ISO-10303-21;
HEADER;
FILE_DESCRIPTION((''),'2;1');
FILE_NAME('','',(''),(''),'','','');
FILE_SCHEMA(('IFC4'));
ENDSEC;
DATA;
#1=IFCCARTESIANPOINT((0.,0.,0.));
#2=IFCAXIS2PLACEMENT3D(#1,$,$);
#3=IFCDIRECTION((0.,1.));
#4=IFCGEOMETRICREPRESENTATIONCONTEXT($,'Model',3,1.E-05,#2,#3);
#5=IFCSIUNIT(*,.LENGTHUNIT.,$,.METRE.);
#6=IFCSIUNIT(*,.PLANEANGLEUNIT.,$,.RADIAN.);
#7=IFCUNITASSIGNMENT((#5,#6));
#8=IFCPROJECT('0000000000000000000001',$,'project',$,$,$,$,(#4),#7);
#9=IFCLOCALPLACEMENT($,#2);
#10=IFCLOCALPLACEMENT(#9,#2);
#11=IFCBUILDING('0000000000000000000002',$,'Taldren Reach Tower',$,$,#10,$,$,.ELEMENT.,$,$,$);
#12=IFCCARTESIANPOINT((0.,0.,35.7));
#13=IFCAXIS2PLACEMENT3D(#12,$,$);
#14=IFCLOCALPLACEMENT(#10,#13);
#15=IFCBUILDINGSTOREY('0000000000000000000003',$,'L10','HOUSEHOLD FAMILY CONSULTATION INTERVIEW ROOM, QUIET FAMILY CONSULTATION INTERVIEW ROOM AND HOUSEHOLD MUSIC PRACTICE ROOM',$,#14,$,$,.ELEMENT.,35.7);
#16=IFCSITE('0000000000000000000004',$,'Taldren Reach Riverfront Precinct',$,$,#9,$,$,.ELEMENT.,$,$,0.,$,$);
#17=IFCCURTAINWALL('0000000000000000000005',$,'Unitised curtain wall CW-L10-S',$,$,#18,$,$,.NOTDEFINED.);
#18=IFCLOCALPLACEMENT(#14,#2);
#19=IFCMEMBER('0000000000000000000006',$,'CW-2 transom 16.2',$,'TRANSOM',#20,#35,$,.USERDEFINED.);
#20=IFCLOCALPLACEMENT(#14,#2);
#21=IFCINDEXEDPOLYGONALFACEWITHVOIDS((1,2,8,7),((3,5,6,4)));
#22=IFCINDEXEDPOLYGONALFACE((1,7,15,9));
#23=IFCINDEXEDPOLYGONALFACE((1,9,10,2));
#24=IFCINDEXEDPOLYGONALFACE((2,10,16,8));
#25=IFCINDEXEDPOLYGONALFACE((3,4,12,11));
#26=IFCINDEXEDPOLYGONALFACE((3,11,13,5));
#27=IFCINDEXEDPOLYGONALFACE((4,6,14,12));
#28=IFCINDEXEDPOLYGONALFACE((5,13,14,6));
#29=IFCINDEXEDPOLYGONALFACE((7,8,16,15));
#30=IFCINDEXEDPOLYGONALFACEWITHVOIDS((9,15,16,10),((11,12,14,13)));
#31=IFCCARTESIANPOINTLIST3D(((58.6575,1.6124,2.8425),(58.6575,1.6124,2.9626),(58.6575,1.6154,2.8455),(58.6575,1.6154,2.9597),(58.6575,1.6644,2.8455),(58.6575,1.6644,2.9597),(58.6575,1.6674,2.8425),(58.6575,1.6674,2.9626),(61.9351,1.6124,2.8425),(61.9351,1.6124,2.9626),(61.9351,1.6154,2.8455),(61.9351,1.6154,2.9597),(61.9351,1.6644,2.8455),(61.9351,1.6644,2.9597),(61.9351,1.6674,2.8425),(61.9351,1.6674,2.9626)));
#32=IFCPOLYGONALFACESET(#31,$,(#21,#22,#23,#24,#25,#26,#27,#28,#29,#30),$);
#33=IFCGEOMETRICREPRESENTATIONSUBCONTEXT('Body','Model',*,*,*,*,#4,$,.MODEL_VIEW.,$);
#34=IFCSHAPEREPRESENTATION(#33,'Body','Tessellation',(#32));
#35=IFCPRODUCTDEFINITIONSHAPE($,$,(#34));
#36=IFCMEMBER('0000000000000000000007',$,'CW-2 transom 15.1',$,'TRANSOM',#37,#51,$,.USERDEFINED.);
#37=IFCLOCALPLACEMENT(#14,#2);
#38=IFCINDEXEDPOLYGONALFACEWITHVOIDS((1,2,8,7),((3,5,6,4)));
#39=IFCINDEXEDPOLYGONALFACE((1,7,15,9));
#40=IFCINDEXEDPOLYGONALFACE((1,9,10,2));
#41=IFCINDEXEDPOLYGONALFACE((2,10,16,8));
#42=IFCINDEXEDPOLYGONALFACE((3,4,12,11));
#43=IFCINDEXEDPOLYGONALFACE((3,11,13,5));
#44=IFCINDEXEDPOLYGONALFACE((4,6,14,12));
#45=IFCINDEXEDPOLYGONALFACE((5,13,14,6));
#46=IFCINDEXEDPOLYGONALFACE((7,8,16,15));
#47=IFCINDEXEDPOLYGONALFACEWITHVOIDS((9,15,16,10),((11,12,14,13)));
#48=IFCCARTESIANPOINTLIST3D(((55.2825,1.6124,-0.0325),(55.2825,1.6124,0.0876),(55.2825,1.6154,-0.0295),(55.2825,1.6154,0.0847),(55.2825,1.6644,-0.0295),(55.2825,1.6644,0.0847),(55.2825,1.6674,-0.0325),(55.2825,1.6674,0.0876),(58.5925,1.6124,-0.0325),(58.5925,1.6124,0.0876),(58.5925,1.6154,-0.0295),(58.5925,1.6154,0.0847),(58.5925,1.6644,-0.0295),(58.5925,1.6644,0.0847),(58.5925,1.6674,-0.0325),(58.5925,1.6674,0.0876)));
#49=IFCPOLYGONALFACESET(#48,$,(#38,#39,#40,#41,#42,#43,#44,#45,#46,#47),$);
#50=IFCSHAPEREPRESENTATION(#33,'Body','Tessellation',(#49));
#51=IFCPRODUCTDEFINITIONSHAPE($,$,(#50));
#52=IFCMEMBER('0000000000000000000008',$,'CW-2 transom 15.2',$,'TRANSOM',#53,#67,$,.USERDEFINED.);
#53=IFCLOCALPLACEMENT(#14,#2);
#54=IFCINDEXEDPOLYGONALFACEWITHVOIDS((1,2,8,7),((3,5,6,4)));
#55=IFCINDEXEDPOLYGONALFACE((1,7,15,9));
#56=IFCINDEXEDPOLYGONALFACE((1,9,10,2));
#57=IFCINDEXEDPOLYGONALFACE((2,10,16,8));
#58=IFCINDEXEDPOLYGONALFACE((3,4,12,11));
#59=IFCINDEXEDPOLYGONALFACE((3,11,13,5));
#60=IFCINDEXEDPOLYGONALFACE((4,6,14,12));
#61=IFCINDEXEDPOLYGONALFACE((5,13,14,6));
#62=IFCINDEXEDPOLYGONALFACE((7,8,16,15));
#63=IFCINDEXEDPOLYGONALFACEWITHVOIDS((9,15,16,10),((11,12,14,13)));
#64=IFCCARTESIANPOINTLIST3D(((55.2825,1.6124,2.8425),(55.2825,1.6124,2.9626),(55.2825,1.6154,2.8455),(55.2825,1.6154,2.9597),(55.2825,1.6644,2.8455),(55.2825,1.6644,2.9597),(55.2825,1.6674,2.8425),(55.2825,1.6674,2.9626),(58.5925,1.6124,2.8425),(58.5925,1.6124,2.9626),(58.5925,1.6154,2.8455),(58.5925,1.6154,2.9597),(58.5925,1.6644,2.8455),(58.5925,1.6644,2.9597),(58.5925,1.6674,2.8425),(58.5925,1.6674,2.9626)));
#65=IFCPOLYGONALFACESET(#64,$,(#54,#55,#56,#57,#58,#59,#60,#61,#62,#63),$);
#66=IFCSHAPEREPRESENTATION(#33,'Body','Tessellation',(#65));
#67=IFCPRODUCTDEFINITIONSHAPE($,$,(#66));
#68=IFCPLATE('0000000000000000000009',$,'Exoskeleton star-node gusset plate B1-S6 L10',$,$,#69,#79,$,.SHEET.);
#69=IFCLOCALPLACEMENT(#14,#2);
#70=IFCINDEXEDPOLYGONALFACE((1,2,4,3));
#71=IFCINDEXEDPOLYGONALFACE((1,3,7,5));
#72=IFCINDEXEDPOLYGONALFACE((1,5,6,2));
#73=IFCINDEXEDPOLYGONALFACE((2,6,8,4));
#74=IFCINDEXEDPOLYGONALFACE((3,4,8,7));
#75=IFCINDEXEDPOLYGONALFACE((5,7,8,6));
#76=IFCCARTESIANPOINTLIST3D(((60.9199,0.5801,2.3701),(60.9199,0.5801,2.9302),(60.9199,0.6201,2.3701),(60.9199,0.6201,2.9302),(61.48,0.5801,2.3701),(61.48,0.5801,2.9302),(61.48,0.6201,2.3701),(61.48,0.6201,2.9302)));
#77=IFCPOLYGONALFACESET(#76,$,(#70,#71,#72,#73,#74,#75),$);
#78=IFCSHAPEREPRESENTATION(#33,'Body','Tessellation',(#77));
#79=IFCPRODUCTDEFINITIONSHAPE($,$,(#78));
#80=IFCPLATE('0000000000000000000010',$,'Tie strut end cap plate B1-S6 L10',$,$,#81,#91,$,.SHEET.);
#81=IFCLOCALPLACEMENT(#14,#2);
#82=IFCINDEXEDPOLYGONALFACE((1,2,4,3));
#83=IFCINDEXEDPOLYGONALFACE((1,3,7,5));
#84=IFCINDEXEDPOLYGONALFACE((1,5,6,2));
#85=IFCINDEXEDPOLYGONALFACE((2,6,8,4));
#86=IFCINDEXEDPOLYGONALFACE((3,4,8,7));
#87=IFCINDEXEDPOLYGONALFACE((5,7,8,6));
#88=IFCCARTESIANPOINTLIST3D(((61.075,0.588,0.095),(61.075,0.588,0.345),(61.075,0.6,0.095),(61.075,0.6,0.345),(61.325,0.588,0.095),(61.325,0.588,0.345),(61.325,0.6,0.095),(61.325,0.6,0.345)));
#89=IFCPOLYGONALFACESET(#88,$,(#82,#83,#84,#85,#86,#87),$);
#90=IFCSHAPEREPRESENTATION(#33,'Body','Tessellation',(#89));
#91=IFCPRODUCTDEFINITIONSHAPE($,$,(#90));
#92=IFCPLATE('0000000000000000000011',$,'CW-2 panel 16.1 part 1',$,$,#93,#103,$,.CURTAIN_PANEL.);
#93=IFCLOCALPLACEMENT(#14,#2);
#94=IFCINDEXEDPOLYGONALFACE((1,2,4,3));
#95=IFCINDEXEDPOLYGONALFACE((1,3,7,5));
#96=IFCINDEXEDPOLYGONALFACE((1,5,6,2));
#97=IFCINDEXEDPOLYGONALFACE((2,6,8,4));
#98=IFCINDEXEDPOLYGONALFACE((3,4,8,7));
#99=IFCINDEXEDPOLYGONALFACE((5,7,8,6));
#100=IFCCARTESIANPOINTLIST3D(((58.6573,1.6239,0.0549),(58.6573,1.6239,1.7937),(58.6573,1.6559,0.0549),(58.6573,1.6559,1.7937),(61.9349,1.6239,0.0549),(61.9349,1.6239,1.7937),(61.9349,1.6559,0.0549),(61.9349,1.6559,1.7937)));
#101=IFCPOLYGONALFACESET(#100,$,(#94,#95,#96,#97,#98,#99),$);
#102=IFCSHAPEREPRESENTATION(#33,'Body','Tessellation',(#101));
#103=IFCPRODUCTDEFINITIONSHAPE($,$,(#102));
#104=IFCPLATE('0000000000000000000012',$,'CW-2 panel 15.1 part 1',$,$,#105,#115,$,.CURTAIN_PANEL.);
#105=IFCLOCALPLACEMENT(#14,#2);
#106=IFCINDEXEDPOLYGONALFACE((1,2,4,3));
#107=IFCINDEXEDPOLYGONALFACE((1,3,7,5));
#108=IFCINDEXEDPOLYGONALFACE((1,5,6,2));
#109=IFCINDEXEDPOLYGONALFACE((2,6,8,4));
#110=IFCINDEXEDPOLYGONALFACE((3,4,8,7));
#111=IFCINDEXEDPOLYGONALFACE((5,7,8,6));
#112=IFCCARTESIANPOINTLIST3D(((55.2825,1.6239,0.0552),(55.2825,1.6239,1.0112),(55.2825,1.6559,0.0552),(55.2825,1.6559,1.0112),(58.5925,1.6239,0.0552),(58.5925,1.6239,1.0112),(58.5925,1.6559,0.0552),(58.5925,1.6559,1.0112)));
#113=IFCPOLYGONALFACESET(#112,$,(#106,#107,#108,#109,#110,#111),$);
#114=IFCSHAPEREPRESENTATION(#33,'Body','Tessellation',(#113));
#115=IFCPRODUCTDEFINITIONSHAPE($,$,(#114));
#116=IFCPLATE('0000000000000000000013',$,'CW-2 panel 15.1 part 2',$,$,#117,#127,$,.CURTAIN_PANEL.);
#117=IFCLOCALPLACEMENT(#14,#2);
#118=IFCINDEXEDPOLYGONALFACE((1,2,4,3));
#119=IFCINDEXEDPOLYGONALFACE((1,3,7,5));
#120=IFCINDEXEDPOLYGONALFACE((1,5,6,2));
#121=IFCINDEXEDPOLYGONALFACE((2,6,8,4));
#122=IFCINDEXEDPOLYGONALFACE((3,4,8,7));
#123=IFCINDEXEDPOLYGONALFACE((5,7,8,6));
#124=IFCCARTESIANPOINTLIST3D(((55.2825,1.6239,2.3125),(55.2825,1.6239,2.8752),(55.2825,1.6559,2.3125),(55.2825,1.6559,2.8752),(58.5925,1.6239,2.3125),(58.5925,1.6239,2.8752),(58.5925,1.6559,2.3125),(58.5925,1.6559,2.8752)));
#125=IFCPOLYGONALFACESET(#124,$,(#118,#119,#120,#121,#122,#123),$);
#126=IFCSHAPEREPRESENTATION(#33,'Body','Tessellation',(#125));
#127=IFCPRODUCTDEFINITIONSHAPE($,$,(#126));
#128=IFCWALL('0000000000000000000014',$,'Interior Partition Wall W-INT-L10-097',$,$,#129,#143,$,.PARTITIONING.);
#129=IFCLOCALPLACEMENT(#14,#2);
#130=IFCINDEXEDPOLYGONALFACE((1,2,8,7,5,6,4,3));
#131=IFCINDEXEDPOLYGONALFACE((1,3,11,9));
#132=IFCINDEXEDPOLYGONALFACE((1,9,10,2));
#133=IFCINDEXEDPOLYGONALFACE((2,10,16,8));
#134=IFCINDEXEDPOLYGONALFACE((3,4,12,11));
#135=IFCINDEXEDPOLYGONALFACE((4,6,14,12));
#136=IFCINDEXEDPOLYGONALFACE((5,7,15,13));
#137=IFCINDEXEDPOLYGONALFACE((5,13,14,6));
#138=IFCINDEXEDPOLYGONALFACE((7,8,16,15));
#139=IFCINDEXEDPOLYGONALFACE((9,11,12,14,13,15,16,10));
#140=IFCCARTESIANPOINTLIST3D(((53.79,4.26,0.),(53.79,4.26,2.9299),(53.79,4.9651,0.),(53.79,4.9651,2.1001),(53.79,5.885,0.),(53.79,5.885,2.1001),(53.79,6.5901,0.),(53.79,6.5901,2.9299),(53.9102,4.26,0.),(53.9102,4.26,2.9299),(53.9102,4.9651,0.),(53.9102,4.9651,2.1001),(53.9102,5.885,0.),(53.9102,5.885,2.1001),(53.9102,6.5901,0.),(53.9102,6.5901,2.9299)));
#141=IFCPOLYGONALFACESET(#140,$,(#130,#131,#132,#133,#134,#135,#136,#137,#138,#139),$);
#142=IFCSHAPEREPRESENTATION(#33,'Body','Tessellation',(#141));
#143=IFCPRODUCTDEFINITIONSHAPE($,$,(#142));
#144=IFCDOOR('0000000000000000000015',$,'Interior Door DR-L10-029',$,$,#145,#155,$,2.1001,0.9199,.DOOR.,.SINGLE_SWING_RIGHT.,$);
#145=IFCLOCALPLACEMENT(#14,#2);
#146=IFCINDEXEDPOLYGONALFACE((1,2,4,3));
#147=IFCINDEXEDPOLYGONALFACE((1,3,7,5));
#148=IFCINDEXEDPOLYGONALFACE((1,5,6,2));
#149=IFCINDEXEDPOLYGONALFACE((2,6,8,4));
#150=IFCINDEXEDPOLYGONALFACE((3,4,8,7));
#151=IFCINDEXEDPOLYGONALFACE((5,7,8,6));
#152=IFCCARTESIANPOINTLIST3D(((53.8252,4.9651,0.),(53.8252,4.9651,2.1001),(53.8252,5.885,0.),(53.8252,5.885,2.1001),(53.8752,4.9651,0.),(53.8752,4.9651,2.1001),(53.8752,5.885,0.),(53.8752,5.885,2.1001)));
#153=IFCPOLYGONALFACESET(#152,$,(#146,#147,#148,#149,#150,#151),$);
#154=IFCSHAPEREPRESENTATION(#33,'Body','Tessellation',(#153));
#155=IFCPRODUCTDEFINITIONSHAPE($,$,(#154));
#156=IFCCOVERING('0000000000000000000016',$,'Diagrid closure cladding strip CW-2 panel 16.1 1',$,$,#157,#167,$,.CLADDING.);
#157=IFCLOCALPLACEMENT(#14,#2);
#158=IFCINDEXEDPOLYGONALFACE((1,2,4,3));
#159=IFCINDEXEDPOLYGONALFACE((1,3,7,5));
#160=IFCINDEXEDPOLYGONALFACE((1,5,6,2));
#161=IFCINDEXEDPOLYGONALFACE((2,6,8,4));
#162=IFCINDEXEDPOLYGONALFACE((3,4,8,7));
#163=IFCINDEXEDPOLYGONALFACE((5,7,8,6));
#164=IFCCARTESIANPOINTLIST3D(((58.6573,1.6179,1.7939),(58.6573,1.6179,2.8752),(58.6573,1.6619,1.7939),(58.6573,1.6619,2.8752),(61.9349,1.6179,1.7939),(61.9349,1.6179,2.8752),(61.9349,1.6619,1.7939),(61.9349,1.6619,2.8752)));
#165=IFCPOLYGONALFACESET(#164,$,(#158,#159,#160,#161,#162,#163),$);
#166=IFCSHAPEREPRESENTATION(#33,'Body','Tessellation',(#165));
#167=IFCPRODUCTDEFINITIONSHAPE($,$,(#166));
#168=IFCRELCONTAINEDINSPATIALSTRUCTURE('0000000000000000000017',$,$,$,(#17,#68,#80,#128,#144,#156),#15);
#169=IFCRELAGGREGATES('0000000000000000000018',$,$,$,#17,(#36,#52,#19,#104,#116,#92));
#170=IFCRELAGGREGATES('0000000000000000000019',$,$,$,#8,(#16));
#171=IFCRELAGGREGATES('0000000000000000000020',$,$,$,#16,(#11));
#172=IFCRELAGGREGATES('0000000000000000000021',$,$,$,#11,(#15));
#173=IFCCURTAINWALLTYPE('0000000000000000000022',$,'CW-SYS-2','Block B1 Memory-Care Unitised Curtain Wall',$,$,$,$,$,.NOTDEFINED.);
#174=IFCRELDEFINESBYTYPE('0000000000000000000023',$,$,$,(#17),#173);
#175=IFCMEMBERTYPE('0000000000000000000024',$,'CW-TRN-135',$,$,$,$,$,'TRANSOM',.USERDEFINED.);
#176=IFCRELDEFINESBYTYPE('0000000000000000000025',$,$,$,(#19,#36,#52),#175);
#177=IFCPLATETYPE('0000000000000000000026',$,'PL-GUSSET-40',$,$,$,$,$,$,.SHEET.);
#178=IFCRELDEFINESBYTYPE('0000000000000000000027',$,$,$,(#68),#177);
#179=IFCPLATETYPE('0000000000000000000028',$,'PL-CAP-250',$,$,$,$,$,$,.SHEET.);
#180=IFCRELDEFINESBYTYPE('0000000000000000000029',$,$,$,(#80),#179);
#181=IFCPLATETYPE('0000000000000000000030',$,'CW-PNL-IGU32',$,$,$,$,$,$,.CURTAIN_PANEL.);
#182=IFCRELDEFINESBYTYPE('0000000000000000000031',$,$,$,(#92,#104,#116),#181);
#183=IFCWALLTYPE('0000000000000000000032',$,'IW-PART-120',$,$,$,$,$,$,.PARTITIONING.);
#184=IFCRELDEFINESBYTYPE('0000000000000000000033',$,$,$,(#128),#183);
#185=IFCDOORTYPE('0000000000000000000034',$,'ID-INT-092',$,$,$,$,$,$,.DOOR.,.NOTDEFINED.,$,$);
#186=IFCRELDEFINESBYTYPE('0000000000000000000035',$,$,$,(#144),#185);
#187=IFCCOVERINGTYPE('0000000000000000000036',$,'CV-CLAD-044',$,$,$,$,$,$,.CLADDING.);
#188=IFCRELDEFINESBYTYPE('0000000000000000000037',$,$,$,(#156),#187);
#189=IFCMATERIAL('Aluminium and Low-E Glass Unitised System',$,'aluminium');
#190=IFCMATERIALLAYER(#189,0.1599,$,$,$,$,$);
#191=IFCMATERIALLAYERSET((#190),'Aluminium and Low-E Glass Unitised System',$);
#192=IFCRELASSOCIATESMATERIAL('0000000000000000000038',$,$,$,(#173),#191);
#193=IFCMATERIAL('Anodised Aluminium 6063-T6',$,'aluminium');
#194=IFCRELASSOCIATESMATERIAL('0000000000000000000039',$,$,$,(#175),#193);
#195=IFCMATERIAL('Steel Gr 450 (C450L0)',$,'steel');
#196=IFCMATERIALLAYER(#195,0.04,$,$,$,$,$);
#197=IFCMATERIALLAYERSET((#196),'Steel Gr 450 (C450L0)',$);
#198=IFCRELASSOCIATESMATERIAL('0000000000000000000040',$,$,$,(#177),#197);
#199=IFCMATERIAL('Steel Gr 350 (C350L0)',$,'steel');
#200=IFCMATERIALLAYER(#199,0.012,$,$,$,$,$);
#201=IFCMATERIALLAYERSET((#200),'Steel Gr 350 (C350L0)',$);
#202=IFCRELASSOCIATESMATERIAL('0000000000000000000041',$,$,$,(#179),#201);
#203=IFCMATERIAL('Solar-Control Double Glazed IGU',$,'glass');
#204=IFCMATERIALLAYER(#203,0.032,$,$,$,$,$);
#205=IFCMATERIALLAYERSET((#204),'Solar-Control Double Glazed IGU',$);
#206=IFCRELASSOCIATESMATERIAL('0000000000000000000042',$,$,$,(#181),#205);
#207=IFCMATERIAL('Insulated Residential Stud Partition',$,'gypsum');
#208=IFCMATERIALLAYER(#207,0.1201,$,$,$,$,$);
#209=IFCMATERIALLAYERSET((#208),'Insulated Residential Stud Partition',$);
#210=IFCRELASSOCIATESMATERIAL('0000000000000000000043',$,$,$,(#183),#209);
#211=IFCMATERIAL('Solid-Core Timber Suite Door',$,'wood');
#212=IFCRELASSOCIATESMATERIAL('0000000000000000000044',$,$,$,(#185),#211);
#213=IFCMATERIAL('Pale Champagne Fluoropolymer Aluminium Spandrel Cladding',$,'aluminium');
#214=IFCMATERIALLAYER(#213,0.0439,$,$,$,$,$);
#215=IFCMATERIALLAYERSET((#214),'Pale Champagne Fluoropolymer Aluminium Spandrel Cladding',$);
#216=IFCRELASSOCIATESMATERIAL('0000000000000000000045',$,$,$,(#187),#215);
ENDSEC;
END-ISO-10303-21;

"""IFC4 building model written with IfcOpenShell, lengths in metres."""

from ifc_helpers import new_model, si_unit, direction, frame, frame_2d, origin, origin_2d, place, context, subcontext, project, spatial, rectangle, hollow_rectangle, extrude, source, transform, mapped, material, layer, layer_set, material_profile, profile_set, type_object, element, fill, aggregate, save


model = new_model("IFC4")

# Units and contexts
model_context = context("Model", 3, precision=1e-05, world=origin(), true_north=direction((0.0, 1.0)))
body_context = subcontext(model_context, "Body", "Model", "MODEL_VIEW")
ifc_project = project(units=[si_unit("LENGTHUNIT", "METRE"), si_unit("PLANEANGLEUNIT", "RADIAN")], contexts=[model_context])

# Site, building, storey
site_placement = place(None, origin())
site = spatial("IfcSite", under=ifc_project, at=site_placement, Name="Taldren Reach Riverfront Precinct", CompositionType="ELEMENT", RefElevation=0.0)
building_placement = place(site_placement, origin())
building = spatial("IfcBuilding", under=site, at=building_placement, Name="Taldren Reach Tower", CompositionType="ELEMENT")
storey_placement = place(building_placement, frame((0.0, 0.0, 35.7)))
storey = spatial("IfcBuildingStorey", under=building, at=storey_placement, Name="L10", Description="HOUSEHOLD FAMILY CONSULTATION INTERVIEW ROOM, QUIET FAMILY CONSULTATION INTERVIEW ROOM AND HOUSEHOLD MUSIC PRACTICE ROOM", CompositionType="ELEMENT", Elevation=35.7)

# Shared definitions
ifc_material_1 = material(Name="Steel Gr 450 (C450L0)", Category="steel")
ifc_material_2 = material(Name="Steel Gr 350 (C350L0)", Category="steel")

# Curtain wall, members
ifc_material_3 = material(Name="Aluminium and Low-E Glass Unitised System", Category="aluminium")
ifc_layer_1 = layer(ifc_material_3, 0.1599)
ifc_layer_set_1 = layer_set([ifc_layer_1], Name="Aluminium and Low-E Glass Unitised System")
curtain_wall_type = type_object("IfcCurtainWallType", Name="CW-SYS-2", Description="Block B1 Memory-Care Unitised Curtain Wall", PredefinedType="NOTDEFINED", material=ifc_layer_set_1)
curtain_wall_placement = place(storey_placement, origin())
curtain_wall = element("IfcCurtainWall", 1, at=curtain_wall_placement, inside=storey, type_object=curtain_wall_type, Name="Unitised curtain wall CW-L10-S", PredefinedType="NOTDEFINED")
ifc_material_4 = material(Name="Anodised Aluminium 6063-T6", Category="aluminium")
ifc_material_profile_1 = material_profile(ifc_material_4, hollow_rectangle(XDim=0.0549, YDim=0.1201, WallThickness=0.0029, at=origin_2d()), Name="ALU-120x55x3RHS")
ifc_profile_set_1 = profile_set([ifc_material_profile_1], Name="Anodised Aluminium 6063-T6")
member_type_1 = type_object("IfcMemberType", Name="CW-TRN-135", ElementType="TRANSOM", PredefinedType="USERDEFINED", material=ifc_profile_set_1)
shared_shape_1 = source(origin(), body_context, "Body", "SweptSolid", [
    extrude(hollow_rectangle(XDim=0.0549, YDim=0.1201, WallThickness=0.0029, at=origin_2d()), origin(), (0.0, 0.0, 1.0), 3.2776),
])
member_1_placement = place(storey_placement, frame((58.6575, 1.6399, 2.9026), z_axis=(1.0, 0.0, 0.0), x_axis=(0.0, 1.0, 0.0)))
member_1 = element("IfcMember", 2, at=member_1_placement, type_object=member_type_1, Name="CW-2 transom 16.2", ObjectType="TRANSOM", PredefinedType="USERDEFINED", context=body_context, shape_type="MappedRepresentation", body=[
    mapped(shared_shape_1, transform((0.0, 0.0, 0.0), scale=1.0)),
])
shared_shape_2 = source(origin(), body_context, "Body", "SweptSolid", [
    extrude(hollow_rectangle(XDim=0.0549, YDim=0.1201, WallThickness=0.0029, at=origin_2d()), origin(), (0.0, 0.0, 1.0), 3.3101),
])
member_2_placement = place(storey_placement, frame((55.2825, 1.6399, 0.0276), z_axis=(1.0, 0.0, 0.0), x_axis=(0.0, 1.0, 0.0)))
member_2 = element("IfcMember", 3, at=member_2_placement, type_object=member_type_1, Name="CW-2 transom 15.1", ObjectType="TRANSOM", PredefinedType="USERDEFINED", context=body_context, shape_type="MappedRepresentation", body=[
    mapped(shared_shape_2, transform((0.0, 0.0, 0.0), scale=1.0)),
])
member_3_placement = place(storey_placement, frame((55.2825, 1.6399, 2.9026), z_axis=(1.0, 0.0, 0.0), x_axis=(0.0, 1.0, 0.0)))
member_3 = element("IfcMember", 4, at=member_3_placement, type_object=member_type_1, Name="CW-2 transom 15.2", ObjectType="TRANSOM", PredefinedType="USERDEFINED", context=body_context, shape_type="MappedRepresentation", body=[
    mapped(shared_shape_2, transform((0.0, 0.0, 0.0), scale=1.0)),
])

# Plates
ifc_layer_2 = layer(ifc_material_1, 0.04)
ifc_layer_set_2 = layer_set([ifc_layer_2], Name="Steel Gr 450 (C450L0)")
plate_type_1 = type_object("IfcPlateType", Name="PL-GUSSET-40", PredefinedType="SHEET", material=ifc_layer_set_2)
shared_shape_3 = source(origin(), body_context, "Body", "SweptSolid", [
    extrude(rectangle(XDim=0.5601, YDim=0.04, at=origin_2d()), origin(), (0.0, 0.0, 1.0), 0.5601),
])
plate_1_placement = place(storey_placement, frame((61.2, 0.6001, 2.3701), z_axis=(0.0, 0.0, 1.0), x_axis=(1.0, 0.0, 0.0)))
element("IfcPlate", 5, at=plate_1_placement, inside=storey, type_object=plate_type_1, Name="Exoskeleton star-node gusset plate B1-S6 L10", PredefinedType="SHEET", context=body_context, shape_type="MappedRepresentation", body=[
    mapped(shared_shape_3, transform((0.0, 0.0, 0.0), scale=1.0)),
])
ifc_layer_3 = layer(ifc_material_2, 0.012)
ifc_layer_set_3 = layer_set([ifc_layer_3], Name="Steel Gr 350 (C350L0)")
plate_type_2 = type_object("IfcPlateType", Name="PL-CAP-250", PredefinedType="SHEET", material=ifc_layer_set_3)
shared_shape_4 = source(origin(), body_context, "Body", "SweptSolid", [
    extrude(rectangle(XDim=0.25, YDim=0.012, at=origin_2d()), origin(), (0.0, 0.0, 1.0), 0.25),
])
plate_2_placement = place(storey_placement, frame((61.2, 0.594, 0.095), z_axis=(0.0, 0.0, 1.0), x_axis=(1.0, 0.0, 0.0)))
element("IfcPlate", 6, at=plate_2_placement, inside=storey, type_object=plate_type_2, Name="Tie strut end cap plate B1-S6 L10", PredefinedType="SHEET", context=body_context, shape_type="MappedRepresentation", body=[
    mapped(shared_shape_4, transform((0.0, 0.0, 0.0), scale=1.0)),
])

# Plates
ifc_material_5 = material(Name="Solar-Control Double Glazed IGU", Category="glass")
ifc_layer_4 = layer(ifc_material_5, 0.032)
ifc_layer_set_4 = layer_set([ifc_layer_4], Name="Solar-Control Double Glazed IGU")
plate_type_3 = type_object("IfcPlateType", Name="CW-PNL-IGU32", PredefinedType="CURTAIN_PANEL", material=ifc_layer_set_4)
shared_shape_5 = source(origin(), body_context, "Body", "SweptSolid", [
    extrude(rectangle(XDim=3.2776, YDim=0.032, at=origin_2d()), origin(), (0.0, 0.0, 1.0), 1.7388),
])
plate_3_placement = place(storey_placement, frame((60.2961, 1.6399, 0.0549), z_axis=(0.0, 0.0, 1.0), x_axis=(1.0, 0.0, 0.0)))
plate_3 = element("IfcPlate", 7, at=plate_3_placement, type_object=plate_type_3, Name="CW-2 panel 16.1 part 1", PredefinedType="CURTAIN_PANEL", context=body_context, shape_type="MappedRepresentation", body=[
    mapped(shared_shape_5, transform((0.0, 0.0, 0.0), scale=1.0)),
])
shared_shape_6 = source(origin(), body_context, "Body", "SweptSolid", [
    extrude(rectangle(XDim=3.3101, YDim=0.032, at=origin_2d()), origin(), (0.0, 0.0, 1.0), 0.9561),
])
plate_4_placement = place(storey_placement, frame((56.9375, 1.6399, 0.0552), z_axis=(0.0, 0.0, 1.0), x_axis=(1.0, 0.0, 0.0)))
plate_4 = element("IfcPlate", 8, at=plate_4_placement, type_object=plate_type_3, Name="CW-2 panel 15.1 part 1", PredefinedType="CURTAIN_PANEL", context=body_context, shape_type="MappedRepresentation", body=[
    mapped(shared_shape_6, transform((0.0, 0.0, 0.0), scale=1.0)),
])
shared_shape_7 = source(origin(), body_context, "Body", "SweptSolid", [
    extrude(rectangle(XDim=3.3101, YDim=0.032, at=origin_2d()), origin(), (0.0, 0.0, 1.0), 0.5627),
])
plate_5_placement = place(storey_placement, frame((56.9375, 1.6399, 2.3125), z_axis=(0.0, 0.0, 1.0), x_axis=(1.0, 0.0, 0.0)))
plate_5 = element("IfcPlate", 9, at=plate_5_placement, type_object=plate_type_3, Name="CW-2 panel 15.1 part 2", PredefinedType="CURTAIN_PANEL", context=body_context, shape_type="MappedRepresentation", body=[
    mapped(shared_shape_7, transform((0.0, 0.0, 0.0), scale=1.0)),
])
aggregate(curtain_wall, [member_2, member_3, member_1, plate_4, plate_5, plate_3])

# Wall, opening, door
ifc_material_6 = material(Name="Insulated Residential Stud Partition", Category="gypsum")
ifc_layer_5 = layer(ifc_material_6, 0.1201)
ifc_layer_set_5 = layer_set([ifc_layer_5], Name="Insulated Residential Stud Partition")
wall_type = type_object("IfcWallType", Name="IW-PART-120", PredefinedType="PARTITIONING", material=ifc_layer_set_5)
shared_shape_8 = source(origin(), body_context, "Body", "SweptSolid", [
    extrude(rectangle(XDim=2.3301, YDim=0.1201, at=frame_2d((1.165, 0.0))), origin(), (0.0, 0.0, 1.0), 2.9299),
])
wall_placement = place(storey_placement, frame((53.8501, 4.26, 0.0), z_axis=(0.0, 0.0, 1.0), x_axis=(0.0, 1.0, 0.0)))
wall = element("IfcWall", 10, at=wall_placement, inside=storey, type_object=wall_type, Name="Interior Partition Wall W-INT-L10-097", PredefinedType="PARTITIONING", context=body_context, shape_type="MappedRepresentation", body=[
    mapped(shared_shape_8, transform((0.0, 0.0, 0.0), scale=1.0)),
])
shared_shape_9 = source(origin(), body_context, "Body", "SweptSolid", [
    extrude(rectangle(XDim=0.9199, YDim=2.1001, at=frame_2d((0.46, 1.05))), frame((0.0, 0.0701, 0.0), z_axis=(0.0, -1.0, 0.0), x_axis=(1.0, 0.0, 0.0)), (0.0, 0.0, 1.0), 0.1401),
])
opening_placement = place(wall_placement, frame((0.7051, 0.0, 0.0)))
opening = element("IfcOpeningElement", 11, at=opening_placement, cuts=wall, PredefinedType="OPENING", context=body_context, shape_type="MappedRepresentation", body=[
    mapped(shared_shape_9, transform((0.0, 0.0, 0.0), scale=1.0)),
])
ifc_material_7 = material(Name="Solid-Core Timber Suite Door", Category="wood")
door_type = type_object("IfcDoorType", Name="ID-INT-092", OperationType="NOTDEFINED", PredefinedType="DOOR", material=ifc_material_7)
shared_shape_10 = source(origin(), body_context, "Body", "SweptSolid", [
    extrude(rectangle(XDim=0.9199, YDim=2.1001, at=frame_2d((0.46, 1.05))), frame((0.0, 0.0249, 0.0), z_axis=(0.0, -1.0, 0.0), x_axis=(1.0, 0.0, 0.0)), (0.0, 0.0, 1.0), 0.05),
])
door_placement = place(opening_placement, origin())
door = element("IfcDoor", 12, at=door_placement, inside=storey, type_object=door_type, Name="Interior Door DR-L10-029", OperationType="SINGLE_SWING_RIGHT", OverallHeight=2.1001, OverallWidth=0.9199, PredefinedType="DOOR", context=body_context, shape_type="MappedRepresentation", body=[
    mapped(shared_shape_10, transform((0.0, 0.0, 0.0), scale=1.0)),
])
fill(opening, door)

# Covering
ifc_material_8 = material(Name="Pale Champagne Fluoropolymer Aluminium Spandrel Cladding", Category="aluminium")
ifc_layer_6 = layer(ifc_material_8, 0.0439)
ifc_layer_set_6 = layer_set([ifc_layer_6], Name="Pale Champagne Fluoropolymer Aluminium Spandrel Cladding")
covering_type = type_object("IfcCoveringType", Name="CV-CLAD-044", PredefinedType="CLADDING", material=ifc_layer_set_6)
shared_shape_11 = source(origin(), body_context, "Body", "SweptSolid", [
    extrude(rectangle(XDim=3.2776, YDim=0.0439, at=origin_2d()), origin(), (0.0, 0.0, 1.0), 1.0813),
])
covering_1_placement = place(storey_placement, frame((60.2961, 1.6399, 1.7939), z_axis=(0.0, 0.0, 1.0), x_axis=(1.0, 0.0, 0.0)))
element("IfcCovering", 13, at=covering_1_placement, inside=storey, type_object=covering_type, Name="Diagrid closure cladding strip CW-2 panel 16.1 1", PredefinedType="CLADDING", context=body_context, shape_type="MappedRepresentation", body=[
    mapped(shared_shape_11, transform((0.0, 0.0, 0.0), scale=1.0)),
])

save(model, "model.ifc")
